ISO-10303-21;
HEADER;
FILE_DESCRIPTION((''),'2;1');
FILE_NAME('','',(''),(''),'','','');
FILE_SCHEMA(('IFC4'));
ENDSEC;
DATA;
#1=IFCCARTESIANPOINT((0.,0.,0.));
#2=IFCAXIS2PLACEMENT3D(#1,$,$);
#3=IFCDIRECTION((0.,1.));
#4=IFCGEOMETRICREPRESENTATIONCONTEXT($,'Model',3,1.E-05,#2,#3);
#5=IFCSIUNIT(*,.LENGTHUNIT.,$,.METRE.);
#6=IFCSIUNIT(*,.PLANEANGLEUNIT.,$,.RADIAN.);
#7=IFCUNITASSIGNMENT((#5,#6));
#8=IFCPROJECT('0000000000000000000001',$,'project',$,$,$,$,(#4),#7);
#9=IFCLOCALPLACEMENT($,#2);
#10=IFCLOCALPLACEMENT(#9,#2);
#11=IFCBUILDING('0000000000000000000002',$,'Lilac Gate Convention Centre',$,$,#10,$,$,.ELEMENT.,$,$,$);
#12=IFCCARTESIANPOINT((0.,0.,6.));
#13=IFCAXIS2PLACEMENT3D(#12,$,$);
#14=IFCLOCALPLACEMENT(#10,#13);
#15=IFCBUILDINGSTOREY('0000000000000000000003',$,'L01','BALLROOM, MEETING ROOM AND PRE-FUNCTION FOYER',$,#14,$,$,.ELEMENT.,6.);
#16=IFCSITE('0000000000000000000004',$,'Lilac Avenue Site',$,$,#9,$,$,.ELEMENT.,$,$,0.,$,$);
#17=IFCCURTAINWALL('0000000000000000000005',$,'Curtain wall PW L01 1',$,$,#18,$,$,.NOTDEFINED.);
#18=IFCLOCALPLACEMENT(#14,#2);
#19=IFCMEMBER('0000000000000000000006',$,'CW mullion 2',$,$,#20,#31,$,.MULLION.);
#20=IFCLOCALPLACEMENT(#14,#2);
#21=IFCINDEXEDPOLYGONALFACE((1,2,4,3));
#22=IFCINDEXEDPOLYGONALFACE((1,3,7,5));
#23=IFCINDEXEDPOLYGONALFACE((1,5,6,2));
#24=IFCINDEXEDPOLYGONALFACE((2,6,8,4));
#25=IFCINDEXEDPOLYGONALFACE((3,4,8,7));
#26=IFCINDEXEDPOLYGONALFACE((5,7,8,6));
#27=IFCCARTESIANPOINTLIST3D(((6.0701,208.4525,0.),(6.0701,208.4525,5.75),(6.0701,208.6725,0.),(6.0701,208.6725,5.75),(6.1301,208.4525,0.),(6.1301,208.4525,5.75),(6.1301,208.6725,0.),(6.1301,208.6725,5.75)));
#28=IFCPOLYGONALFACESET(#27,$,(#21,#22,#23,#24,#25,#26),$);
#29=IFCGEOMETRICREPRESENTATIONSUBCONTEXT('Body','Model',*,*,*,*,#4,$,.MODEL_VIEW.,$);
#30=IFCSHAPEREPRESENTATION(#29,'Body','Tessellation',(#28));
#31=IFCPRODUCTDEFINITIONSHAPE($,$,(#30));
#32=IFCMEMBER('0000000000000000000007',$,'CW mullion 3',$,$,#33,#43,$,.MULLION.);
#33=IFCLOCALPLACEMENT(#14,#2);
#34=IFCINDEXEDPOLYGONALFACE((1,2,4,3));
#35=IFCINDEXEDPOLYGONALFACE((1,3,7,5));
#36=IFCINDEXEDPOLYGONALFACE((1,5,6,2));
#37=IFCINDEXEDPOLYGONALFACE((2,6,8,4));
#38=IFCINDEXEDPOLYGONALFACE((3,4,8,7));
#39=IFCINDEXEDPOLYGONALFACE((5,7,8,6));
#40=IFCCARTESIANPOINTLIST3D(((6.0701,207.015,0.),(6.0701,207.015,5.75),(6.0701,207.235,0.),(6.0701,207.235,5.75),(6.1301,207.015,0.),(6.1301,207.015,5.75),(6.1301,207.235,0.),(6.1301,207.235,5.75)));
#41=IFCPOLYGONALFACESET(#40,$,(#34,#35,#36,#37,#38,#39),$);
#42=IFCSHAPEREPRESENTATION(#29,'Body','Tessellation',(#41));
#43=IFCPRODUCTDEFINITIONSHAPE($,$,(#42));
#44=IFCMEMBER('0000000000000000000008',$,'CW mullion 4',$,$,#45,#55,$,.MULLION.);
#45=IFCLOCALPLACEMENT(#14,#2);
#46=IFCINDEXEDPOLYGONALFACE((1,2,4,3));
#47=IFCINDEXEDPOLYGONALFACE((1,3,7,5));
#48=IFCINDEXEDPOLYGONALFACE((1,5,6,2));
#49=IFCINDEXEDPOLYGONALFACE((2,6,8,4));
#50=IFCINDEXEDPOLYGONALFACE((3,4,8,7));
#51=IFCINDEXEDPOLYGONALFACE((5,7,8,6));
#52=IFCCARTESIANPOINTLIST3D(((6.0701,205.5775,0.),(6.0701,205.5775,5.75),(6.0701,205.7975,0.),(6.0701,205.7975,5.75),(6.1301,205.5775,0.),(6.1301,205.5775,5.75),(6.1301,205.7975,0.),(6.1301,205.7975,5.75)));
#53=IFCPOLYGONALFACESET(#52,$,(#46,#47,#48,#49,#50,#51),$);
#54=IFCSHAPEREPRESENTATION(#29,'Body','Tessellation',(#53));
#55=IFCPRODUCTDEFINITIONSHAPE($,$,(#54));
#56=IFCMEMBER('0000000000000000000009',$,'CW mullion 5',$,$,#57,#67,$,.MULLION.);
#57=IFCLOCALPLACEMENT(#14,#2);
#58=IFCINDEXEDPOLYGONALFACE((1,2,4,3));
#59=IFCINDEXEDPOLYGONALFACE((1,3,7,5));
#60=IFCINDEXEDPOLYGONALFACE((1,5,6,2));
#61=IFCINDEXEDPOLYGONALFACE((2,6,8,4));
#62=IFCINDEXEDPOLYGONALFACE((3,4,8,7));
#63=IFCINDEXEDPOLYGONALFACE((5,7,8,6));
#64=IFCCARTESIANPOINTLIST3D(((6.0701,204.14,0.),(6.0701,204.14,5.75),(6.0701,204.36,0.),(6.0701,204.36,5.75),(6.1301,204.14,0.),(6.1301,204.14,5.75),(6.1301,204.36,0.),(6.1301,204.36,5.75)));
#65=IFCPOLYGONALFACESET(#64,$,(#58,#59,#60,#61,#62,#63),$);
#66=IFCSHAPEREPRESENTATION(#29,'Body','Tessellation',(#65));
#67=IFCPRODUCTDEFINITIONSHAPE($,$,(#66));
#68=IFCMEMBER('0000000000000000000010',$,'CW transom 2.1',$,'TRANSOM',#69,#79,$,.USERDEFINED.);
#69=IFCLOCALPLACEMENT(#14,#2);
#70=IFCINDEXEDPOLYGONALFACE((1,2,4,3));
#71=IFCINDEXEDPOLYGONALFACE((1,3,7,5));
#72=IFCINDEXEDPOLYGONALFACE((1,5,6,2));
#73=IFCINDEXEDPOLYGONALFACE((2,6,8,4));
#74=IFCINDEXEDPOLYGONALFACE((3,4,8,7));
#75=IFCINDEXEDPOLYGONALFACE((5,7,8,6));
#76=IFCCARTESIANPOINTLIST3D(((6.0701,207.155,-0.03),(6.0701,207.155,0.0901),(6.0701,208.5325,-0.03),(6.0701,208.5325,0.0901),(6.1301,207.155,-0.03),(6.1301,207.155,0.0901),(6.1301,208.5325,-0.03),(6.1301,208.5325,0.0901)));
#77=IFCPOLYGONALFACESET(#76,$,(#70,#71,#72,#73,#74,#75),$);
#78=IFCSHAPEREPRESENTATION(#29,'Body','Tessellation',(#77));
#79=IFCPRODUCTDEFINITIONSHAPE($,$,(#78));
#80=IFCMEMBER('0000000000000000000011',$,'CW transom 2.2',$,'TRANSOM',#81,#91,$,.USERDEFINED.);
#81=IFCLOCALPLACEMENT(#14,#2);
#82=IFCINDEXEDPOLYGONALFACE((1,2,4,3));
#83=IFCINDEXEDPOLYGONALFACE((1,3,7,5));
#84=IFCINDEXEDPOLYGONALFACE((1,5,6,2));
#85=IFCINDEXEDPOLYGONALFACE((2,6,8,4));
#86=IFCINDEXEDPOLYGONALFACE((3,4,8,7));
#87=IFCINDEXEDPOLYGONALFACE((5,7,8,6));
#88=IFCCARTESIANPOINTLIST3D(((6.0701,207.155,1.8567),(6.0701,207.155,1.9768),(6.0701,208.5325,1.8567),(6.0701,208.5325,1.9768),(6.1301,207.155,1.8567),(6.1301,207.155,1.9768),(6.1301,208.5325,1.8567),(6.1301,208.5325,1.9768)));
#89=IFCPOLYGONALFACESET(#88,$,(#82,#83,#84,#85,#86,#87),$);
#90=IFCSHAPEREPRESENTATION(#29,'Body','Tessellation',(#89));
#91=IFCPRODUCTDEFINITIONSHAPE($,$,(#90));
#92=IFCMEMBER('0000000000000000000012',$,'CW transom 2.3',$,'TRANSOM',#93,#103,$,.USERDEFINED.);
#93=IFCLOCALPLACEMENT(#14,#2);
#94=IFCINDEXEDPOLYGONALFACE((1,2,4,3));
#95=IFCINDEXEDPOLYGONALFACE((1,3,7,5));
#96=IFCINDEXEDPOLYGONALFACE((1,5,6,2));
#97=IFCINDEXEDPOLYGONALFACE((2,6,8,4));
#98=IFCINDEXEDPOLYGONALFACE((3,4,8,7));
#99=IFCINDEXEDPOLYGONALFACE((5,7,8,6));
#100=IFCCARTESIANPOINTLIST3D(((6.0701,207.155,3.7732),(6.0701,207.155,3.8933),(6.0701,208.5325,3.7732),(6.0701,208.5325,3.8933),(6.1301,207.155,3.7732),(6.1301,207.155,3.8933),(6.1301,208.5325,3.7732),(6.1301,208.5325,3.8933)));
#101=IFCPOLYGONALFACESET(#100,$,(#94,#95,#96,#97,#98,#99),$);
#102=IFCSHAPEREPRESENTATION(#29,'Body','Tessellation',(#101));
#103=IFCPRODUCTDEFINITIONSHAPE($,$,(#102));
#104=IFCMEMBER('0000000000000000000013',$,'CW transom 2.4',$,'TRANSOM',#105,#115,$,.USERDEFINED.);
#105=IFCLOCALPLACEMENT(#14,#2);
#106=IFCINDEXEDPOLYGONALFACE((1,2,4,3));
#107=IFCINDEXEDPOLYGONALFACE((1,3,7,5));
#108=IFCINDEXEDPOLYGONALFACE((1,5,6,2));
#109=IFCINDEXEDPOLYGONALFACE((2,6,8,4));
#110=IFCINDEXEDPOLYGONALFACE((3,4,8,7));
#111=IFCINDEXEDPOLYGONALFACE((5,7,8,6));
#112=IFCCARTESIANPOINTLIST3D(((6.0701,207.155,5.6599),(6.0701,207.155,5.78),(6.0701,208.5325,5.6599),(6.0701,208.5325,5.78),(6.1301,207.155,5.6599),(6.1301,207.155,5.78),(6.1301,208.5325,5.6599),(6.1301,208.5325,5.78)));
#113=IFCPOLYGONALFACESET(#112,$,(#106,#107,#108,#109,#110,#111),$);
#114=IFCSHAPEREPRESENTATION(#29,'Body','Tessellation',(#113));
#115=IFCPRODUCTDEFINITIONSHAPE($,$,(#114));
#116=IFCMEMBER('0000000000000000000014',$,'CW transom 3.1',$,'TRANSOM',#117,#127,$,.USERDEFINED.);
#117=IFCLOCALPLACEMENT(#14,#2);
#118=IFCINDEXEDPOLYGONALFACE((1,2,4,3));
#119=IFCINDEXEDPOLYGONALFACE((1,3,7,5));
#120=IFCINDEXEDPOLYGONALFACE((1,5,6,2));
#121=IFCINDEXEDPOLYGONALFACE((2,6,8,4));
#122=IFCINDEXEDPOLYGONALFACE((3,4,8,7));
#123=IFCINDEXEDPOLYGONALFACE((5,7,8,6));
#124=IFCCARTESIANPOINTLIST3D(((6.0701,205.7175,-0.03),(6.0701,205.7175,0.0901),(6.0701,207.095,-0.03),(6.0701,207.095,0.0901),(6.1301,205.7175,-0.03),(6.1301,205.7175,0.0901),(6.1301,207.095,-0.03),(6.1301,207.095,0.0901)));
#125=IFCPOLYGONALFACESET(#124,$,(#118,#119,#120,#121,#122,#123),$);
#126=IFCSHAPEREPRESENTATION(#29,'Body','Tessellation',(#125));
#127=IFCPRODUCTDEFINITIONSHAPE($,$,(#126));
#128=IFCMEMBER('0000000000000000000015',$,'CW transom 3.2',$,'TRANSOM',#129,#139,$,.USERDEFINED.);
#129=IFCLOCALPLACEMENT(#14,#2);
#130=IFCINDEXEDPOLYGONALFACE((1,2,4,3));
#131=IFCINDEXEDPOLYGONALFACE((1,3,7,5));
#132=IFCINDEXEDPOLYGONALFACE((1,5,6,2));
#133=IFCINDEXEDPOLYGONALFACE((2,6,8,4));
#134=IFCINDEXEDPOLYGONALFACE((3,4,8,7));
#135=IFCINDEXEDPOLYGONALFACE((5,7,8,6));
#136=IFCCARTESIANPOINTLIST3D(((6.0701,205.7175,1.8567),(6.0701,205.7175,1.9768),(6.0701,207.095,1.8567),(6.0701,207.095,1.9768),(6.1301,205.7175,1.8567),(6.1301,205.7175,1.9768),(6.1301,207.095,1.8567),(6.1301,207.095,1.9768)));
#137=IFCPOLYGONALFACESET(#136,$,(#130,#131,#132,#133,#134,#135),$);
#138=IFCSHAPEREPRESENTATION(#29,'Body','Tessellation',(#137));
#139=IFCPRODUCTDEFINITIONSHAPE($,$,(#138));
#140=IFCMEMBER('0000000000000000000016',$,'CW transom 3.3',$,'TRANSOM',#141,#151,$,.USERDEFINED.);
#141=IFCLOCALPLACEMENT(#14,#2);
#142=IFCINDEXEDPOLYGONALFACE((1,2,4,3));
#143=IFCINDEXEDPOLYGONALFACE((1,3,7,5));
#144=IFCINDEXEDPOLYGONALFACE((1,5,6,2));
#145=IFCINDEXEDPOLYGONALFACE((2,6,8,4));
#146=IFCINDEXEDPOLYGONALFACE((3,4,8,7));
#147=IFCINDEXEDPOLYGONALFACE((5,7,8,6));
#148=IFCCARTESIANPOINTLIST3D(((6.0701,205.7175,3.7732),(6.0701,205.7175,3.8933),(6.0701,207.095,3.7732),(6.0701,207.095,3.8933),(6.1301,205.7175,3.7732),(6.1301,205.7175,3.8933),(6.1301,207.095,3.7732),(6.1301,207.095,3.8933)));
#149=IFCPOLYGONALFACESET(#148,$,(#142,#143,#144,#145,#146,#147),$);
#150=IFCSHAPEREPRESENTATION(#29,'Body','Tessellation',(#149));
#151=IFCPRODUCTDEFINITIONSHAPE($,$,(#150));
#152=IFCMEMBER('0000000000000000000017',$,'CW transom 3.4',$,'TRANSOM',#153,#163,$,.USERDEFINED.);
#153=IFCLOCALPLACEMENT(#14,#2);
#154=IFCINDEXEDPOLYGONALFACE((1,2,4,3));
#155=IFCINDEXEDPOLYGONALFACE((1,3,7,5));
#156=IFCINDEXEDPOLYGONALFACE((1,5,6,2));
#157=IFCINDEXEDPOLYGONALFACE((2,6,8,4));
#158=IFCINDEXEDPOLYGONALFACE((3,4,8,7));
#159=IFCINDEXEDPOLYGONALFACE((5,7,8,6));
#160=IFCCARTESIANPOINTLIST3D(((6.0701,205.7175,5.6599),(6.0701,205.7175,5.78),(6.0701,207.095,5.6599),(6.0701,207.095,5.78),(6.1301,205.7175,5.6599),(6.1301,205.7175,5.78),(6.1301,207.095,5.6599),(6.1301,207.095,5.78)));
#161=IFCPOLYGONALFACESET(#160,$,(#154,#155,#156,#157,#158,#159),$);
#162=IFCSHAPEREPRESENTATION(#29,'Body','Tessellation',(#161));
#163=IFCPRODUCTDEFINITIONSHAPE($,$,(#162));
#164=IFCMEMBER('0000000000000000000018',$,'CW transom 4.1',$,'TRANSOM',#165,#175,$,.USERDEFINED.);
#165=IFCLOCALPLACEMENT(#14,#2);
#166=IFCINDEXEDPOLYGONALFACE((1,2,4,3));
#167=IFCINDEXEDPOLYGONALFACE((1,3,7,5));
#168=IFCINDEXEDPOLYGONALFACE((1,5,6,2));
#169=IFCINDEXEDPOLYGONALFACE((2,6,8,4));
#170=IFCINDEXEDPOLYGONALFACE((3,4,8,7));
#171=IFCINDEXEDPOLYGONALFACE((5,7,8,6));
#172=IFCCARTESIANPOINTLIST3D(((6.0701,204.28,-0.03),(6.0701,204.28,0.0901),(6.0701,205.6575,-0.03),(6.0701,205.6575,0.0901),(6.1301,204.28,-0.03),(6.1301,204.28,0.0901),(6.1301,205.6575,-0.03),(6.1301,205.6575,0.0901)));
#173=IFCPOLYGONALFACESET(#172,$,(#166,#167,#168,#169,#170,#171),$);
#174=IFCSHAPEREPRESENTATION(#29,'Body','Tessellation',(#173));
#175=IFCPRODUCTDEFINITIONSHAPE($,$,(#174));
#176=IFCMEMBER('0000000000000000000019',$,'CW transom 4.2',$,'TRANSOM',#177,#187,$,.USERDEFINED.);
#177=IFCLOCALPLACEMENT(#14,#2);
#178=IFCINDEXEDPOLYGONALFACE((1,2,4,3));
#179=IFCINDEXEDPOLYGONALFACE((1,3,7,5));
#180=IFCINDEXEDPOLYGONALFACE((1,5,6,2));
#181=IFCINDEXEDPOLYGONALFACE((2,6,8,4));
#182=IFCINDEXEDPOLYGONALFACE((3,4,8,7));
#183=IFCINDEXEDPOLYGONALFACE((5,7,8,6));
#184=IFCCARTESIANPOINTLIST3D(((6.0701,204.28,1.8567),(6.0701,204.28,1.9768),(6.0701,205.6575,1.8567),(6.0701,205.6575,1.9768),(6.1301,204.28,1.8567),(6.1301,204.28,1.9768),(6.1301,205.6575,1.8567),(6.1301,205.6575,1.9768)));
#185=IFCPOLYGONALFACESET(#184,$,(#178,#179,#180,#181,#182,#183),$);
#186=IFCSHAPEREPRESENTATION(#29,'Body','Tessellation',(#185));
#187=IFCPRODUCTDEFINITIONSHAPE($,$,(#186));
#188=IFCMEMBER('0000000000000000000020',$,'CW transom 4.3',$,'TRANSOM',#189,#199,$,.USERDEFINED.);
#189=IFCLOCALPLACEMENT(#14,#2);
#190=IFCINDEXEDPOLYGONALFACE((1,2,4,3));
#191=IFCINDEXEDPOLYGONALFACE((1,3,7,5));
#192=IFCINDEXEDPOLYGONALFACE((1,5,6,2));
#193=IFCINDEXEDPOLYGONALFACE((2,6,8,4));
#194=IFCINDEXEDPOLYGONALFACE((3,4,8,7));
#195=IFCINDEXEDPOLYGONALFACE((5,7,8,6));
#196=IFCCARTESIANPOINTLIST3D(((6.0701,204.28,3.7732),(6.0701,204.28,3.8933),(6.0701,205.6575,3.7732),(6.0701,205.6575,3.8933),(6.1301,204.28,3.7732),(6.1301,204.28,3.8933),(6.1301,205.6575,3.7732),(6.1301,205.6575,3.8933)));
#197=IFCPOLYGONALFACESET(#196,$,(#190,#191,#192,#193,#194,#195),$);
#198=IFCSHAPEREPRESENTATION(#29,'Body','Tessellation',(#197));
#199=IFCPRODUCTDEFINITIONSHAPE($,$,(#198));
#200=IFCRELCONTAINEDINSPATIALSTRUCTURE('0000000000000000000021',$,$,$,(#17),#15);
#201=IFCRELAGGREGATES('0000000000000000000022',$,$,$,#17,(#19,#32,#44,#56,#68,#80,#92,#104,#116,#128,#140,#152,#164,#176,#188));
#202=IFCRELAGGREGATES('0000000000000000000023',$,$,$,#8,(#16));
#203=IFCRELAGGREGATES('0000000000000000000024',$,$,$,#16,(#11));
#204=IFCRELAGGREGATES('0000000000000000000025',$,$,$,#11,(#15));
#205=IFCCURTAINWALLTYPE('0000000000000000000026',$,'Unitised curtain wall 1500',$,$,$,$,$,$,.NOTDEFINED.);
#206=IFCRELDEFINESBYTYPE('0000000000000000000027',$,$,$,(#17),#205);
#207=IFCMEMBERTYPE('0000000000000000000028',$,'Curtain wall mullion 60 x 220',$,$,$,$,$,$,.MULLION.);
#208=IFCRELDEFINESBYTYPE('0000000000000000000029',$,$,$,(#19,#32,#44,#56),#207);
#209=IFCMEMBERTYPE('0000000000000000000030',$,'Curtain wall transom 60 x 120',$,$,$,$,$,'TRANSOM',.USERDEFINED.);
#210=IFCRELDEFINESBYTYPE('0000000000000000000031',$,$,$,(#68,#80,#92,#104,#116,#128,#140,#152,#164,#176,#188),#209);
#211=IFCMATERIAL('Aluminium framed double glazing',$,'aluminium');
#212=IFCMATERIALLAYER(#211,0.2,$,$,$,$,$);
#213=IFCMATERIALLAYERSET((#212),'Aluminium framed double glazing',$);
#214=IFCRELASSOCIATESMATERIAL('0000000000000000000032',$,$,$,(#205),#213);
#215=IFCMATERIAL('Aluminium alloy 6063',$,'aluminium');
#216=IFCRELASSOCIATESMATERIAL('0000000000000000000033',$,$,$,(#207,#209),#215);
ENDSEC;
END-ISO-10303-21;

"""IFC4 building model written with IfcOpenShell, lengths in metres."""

from ifc_helpers import new_model, si_unit, direction, frame, origin, origin_2d, place, context, subcontext, project, spatial, rectangle, extrude, material, layer, layer_set, material_profile, profile_set, type_object, element, aggregate, save


model = new_model("IFC4")

# Units and contexts
model_context = context("Model", 3, precision=1e-05, world=origin(), true_north=direction((0.0, 1.0)))
body_context = subcontext(model_context, "Body", "Model", "MODEL_VIEW")
ifc_project = project(units=[si_unit("LENGTHUNIT", "METRE"), si_unit("PLANEANGLEUNIT", "RADIAN")], contexts=[model_context])

# Site, building, storey
site_placement = place(None, origin())
site = spatial("IfcSite", under=ifc_project, at=site_placement, Name="Lilac Avenue Site", CompositionType="ELEMENT", RefElevation=0.0)
building_placement = place(site_placement, origin())
building = spatial("IfcBuilding", under=site, at=building_placement, Name="Lilac Gate Convention Centre", CompositionType="ELEMENT")
storey_placement = place(building_placement, frame((0.0, 0.0, 6.0)))
storey = spatial("IfcBuildingStorey", under=building, at=storey_placement, Name="L01", Description="BALLROOM, MEETING ROOM AND PRE-FUNCTION FOYER", CompositionType="ELEMENT", Elevation=6.0)

# Curtain wall, members
ifc_material_1 = material(Name="Aluminium framed double glazing", Category="aluminium")
ifc_layer_1 = layer(ifc_material_1, 0.2)
ifc_layer_set_1 = layer_set([ifc_layer_1], Name="Aluminium framed double glazing")
curtain_wall_type = type_object("IfcCurtainWallType", Name="Unitised curtain wall 1500", PredefinedType="NOTDEFINED", material=ifc_layer_set_1)
curtain_wall_placement = place(storey_placement, origin())
curtain_wall = element("IfcCurtainWall", 1, at=curtain_wall_placement, inside=storey, type_object=curtain_wall_type, Name="Curtain wall PW L01 1", PredefinedType="NOTDEFINED")
ifc_material_2 = material(Name="Aluminium alloy 6063", Category="aluminium")
ifc_material_profile_1 = material_profile(ifc_material_2, rectangle(XDim=0.0601, YDim=0.22, at=origin_2d()), Name="Curtain wall mullion 60 x 220")
ifc_profile_set_1 = profile_set([ifc_material_profile_1], Name="Aluminium alloy 6063")
member_type_1 = type_object("IfcMemberType", Name="Curtain wall mullion 60 x 220", PredefinedType="MULLION", material=ifc_profile_set_1)
member_1_placement = place(storey_placement, frame((6.1001, 208.5625, 0.0), z_axis=(0.0, 0.0, 1.0), x_axis=(1.0, 0.0, 0.0)))
member_1 = element("IfcMember", 2, at=member_1_placement, type_object=member_type_1, Name="CW mullion 2", PredefinedType="MULLION", context=body_context, shape_type="SweptSolid", body=[
    extrude(rectangle(XDim=0.0601, YDim=0.22, at=origin_2d()), origin(), (0.0, 0.0, 1.0), 5.75),
])
member_2_placement = place(storey_placement, frame((6.1001, 207.125, 0.0), z_axis=(0.0, 0.0, 1.0), x_axis=(1.0, 0.0, 0.0)))
member_2 = element("IfcMember", 3, at=member_2_placement, type_object=member_type_1, Name="CW mullion 3", PredefinedType="MULLION", context=body_context, shape_type="SweptSolid", body=[
    extrude(rectangle(XDim=0.0601, YDim=0.22, at=origin_2d()), origin(), (0.0, 0.0, 1.0), 5.75),
])
member_3_placement = place(storey_placement, frame((6.1001, 205.6875, 0.0), z_axis=(0.0, 0.0, 1.0), x_axis=(1.0, 0.0, 0.0)))
member_3 = element("IfcMember", 4, at=member_3_placement, type_object=member_type_1, Name="CW mullion 4", PredefinedType="MULLION", context=body_context, shape_type="SweptSolid", body=[
    extrude(rectangle(XDim=0.0601, YDim=0.22, at=origin_2d()), origin(), (0.0, 0.0, 1.0), 5.75),
])
member_4_placement = place(storey_placement, frame((6.1001, 204.25, 0.0), z_axis=(0.0, 0.0, 1.0), x_axis=(1.0, 0.0, 0.0)))
member_4 = element("IfcMember", 5, at=member_4_placement, type_object=member_type_1, Name="CW mullion 5", PredefinedType="MULLION", context=body_context, shape_type="SweptSolid", body=[
    extrude(rectangle(XDim=0.0601, YDim=0.22, at=origin_2d()), origin(), (0.0, 0.0, 1.0), 5.75),
])
ifc_material_profile_2 = material_profile(ifc_material_2, rectangle(XDim=0.0601, YDim=0.1201, at=origin_2d()), Name="Curtain wall transom 60 x 120")
ifc_profile_set_2 = profile_set([ifc_material_profile_2], Name="Aluminium alloy 6063")
member_type_2 = type_object("IfcMemberType", Name="Curtain wall transom 60 x 120", ElementType="TRANSOM", PredefinedType="USERDEFINED", material=ifc_profile_set_2)
member_5_placement = place(storey_placement, frame((6.1001, 208.5325, 0.03), z_axis=(0.0, -1.0, 0.0), x_axis=(1.0, 0.0, 0.0)))
member_5 = element("IfcMember", 6, at=member_5_placement, type_object=member_type_2, Name="CW transom 2.1", ObjectType="TRANSOM", PredefinedType="USERDEFINED", context=body_context, shape_type="SweptSolid", body=[
    extrude(rectangle(XDim=0.0601, YDim=0.1201, at=origin_2d()), origin(), (0.0, 0.0, 1.0), 1.3774),
])
member_6_placement = place(storey_placement, frame((6.1001, 208.5325, 1.9167), z_axis=(0.0, -1.0, 0.0), x_axis=(1.0, 0.0, 0.0)))
member_6 = element("IfcMember", 7, at=member_6_placement, type_object=member_type_2, Name="CW transom 2.2", ObjectType="TRANSOM", PredefinedType="USERDEFINED", context=body_context, shape_type="SweptSolid", body=[
    extrude(rectangle(XDim=0.0601, YDim=0.1201, at=origin_2d()), origin(), (0.0, 0.0, 1.0), 1.3774),
])
member_7_placement = place(storey_placement, frame((6.1001, 208.5325, 3.8333), z_axis=(0.0, -1.0, 0.0), x_axis=(1.0, 0.0, 0.0)))
member_7 = element("IfcMember", 8, at=member_7_placement, type_object=member_type_2, Name="CW transom 2.3", ObjectType="TRANSOM", PredefinedType="USERDEFINED", context=body_context, shape_type="SweptSolid", body=[
    extrude(rectangle(XDim=0.0601, YDim=0.1201, at=origin_2d()), origin(), (0.0, 0.0, 1.0), 1.3774),
])
member_8_placement = place(storey_placement, frame((6.1001, 208.5325, 5.72), z_axis=(0.0, -1.0, 0.0), x_axis=(1.0, 0.0, 0.0)))
member_8 = element("IfcMember", 9, at=member_8_placement, type_object=member_type_2, Name="CW transom 2.4", ObjectType="TRANSOM", PredefinedType="USERDEFINED", context=body_context, shape_type="SweptSolid", body=[
    extrude(rectangle(XDim=0.0601, YDim=0.1201, at=origin_2d()), origin(), (0.0, 0.0, 1.0), 1.3774),
])
member_9_placement = place(storey_placement, frame((6.1001, 207.095, 0.03), z_axis=(0.0, -1.0, 0.0), x_axis=(1.0, 0.0, 0.0)))
member_9 = element("IfcMember", 10, at=member_9_placement, type_object=member_type_2, Name="CW transom 3.1", ObjectType="TRANSOM", PredefinedType="USERDEFINED", context=body_context, shape_type="SweptSolid", body=[
    extrude(rectangle(XDim=0.0601, YDim=0.1201, at=origin_2d()), origin(), (0.0, 0.0, 1.0), 1.3774),
])
member_10_placement = place(storey_placement, frame((6.1001, 207.095, 1.9167), z_axis=(0.0, -1.0, 0.0), x_axis=(1.0, 0.0, 0.0)))
member_10 = element("IfcMember", 11, at=member_10_placement, type_object=member_type_2, Name="CW transom 3.2", ObjectType="TRANSOM", PredefinedType="USERDEFINED", context=body_context, shape_type="SweptSolid", body=[
    extrude(rectangle(XDim=0.0601, YDim=0.1201, at=origin_2d()), origin(), (0.0, 0.0, 1.0), 1.3774),
])
member_11_placement = place(storey_placement, frame((6.1001, 207.095, 3.8333), z_axis=(0.0, -1.0, 0.0), x_axis=(1.0, 0.0, 0.0)))
member_11 = element("IfcMember", 12, at=member_11_placement, type_object=member_type_2, Name="CW transom 3.3", ObjectType="TRANSOM", PredefinedType="USERDEFINED", context=body_context, shape_type="SweptSolid", body=[
    extrude(rectangle(XDim=0.0601, YDim=0.1201, at=origin_2d()), origin(), (0.0, 0.0, 1.0), 1.3774),
])
member_12_placement = place(storey_placement, frame((6.1001, 207.095, 5.72), z_axis=(0.0, -1.0, 0.0), x_axis=(1.0, 0.0, 0.0)))
member_12 = element("IfcMember", 13, at=member_12_placement, type_object=member_type_2, Name="CW transom 3.4", ObjectType="TRANSOM", PredefinedType="USERDEFINED", context=body_context, shape_type="SweptSolid", body=[
    extrude(rectangle(XDim=0.0601, YDim=0.1201, at=origin_2d()), origin(), (0.0, 0.0, 1.0), 1.3774),
])
member_13_placement = place(storey_placement, frame((6.1001, 205.6575, 0.03), z_axis=(0.0, -1.0, 0.0), x_axis=(1.0, 0.0, 0.0)))
member_13 = element("IfcMember", 14, at=member_13_placement, type_object=member_type_2, Name="CW transom 4.1", ObjectType="TRANSOM", PredefinedType="USERDEFINED", context=body_context, shape_type="SweptSolid", body=[
    extrude(rectangle(XDim=0.0601, YDim=0.1201, at=origin_2d()), origin(), (0.0, 0.0, 1.0), 1.3774),
])
member_14_placement = place(storey_placement, frame((6.1001, 205.6575, 1.9167), z_axis=(0.0, -1.0, 0.0), x_axis=(1.0, 0.0, 0.0)))
member_14 = element("IfcMember", 15, at=member_14_placement, type_object=member_type_2, Name="CW transom 4.2", ObjectType="TRANSOM", PredefinedType="USERDEFINED", context=body_context, shape_type="SweptSolid", body=[
    extrude(rectangle(XDim=0.0601, YDim=0.1201, at=origin_2d()), origin(), (0.0, 0.0, 1.0), 1.3774),
])
member_15_placement = place(storey_placement, frame((6.1001, 205.6575, 3.8333), z_axis=(0.0, -1.0, 0.0), x_axis=(1.0, 0.0, 0.0)))
member_15 = element("IfcMember", 16, at=member_15_placement, type_object=member_type_2, Name="CW transom 4.3", ObjectType="TRANSOM", PredefinedType="USERDEFINED", context=body_context, shape_type="SweptSolid", body=[
    extrude(rectangle(XDim=0.0601, YDim=0.1201, at=origin_2d()), origin(), (0.0, 0.0, 1.0), 1.3774),
])

aggregate(curtain_wall, [member_1, member_2, member_3, member_4, member_5, member_6, member_7, member_8, member_9, member_10, member_11, member_12, member_13, member_14, member_15])

save(model, "model.ifc")
